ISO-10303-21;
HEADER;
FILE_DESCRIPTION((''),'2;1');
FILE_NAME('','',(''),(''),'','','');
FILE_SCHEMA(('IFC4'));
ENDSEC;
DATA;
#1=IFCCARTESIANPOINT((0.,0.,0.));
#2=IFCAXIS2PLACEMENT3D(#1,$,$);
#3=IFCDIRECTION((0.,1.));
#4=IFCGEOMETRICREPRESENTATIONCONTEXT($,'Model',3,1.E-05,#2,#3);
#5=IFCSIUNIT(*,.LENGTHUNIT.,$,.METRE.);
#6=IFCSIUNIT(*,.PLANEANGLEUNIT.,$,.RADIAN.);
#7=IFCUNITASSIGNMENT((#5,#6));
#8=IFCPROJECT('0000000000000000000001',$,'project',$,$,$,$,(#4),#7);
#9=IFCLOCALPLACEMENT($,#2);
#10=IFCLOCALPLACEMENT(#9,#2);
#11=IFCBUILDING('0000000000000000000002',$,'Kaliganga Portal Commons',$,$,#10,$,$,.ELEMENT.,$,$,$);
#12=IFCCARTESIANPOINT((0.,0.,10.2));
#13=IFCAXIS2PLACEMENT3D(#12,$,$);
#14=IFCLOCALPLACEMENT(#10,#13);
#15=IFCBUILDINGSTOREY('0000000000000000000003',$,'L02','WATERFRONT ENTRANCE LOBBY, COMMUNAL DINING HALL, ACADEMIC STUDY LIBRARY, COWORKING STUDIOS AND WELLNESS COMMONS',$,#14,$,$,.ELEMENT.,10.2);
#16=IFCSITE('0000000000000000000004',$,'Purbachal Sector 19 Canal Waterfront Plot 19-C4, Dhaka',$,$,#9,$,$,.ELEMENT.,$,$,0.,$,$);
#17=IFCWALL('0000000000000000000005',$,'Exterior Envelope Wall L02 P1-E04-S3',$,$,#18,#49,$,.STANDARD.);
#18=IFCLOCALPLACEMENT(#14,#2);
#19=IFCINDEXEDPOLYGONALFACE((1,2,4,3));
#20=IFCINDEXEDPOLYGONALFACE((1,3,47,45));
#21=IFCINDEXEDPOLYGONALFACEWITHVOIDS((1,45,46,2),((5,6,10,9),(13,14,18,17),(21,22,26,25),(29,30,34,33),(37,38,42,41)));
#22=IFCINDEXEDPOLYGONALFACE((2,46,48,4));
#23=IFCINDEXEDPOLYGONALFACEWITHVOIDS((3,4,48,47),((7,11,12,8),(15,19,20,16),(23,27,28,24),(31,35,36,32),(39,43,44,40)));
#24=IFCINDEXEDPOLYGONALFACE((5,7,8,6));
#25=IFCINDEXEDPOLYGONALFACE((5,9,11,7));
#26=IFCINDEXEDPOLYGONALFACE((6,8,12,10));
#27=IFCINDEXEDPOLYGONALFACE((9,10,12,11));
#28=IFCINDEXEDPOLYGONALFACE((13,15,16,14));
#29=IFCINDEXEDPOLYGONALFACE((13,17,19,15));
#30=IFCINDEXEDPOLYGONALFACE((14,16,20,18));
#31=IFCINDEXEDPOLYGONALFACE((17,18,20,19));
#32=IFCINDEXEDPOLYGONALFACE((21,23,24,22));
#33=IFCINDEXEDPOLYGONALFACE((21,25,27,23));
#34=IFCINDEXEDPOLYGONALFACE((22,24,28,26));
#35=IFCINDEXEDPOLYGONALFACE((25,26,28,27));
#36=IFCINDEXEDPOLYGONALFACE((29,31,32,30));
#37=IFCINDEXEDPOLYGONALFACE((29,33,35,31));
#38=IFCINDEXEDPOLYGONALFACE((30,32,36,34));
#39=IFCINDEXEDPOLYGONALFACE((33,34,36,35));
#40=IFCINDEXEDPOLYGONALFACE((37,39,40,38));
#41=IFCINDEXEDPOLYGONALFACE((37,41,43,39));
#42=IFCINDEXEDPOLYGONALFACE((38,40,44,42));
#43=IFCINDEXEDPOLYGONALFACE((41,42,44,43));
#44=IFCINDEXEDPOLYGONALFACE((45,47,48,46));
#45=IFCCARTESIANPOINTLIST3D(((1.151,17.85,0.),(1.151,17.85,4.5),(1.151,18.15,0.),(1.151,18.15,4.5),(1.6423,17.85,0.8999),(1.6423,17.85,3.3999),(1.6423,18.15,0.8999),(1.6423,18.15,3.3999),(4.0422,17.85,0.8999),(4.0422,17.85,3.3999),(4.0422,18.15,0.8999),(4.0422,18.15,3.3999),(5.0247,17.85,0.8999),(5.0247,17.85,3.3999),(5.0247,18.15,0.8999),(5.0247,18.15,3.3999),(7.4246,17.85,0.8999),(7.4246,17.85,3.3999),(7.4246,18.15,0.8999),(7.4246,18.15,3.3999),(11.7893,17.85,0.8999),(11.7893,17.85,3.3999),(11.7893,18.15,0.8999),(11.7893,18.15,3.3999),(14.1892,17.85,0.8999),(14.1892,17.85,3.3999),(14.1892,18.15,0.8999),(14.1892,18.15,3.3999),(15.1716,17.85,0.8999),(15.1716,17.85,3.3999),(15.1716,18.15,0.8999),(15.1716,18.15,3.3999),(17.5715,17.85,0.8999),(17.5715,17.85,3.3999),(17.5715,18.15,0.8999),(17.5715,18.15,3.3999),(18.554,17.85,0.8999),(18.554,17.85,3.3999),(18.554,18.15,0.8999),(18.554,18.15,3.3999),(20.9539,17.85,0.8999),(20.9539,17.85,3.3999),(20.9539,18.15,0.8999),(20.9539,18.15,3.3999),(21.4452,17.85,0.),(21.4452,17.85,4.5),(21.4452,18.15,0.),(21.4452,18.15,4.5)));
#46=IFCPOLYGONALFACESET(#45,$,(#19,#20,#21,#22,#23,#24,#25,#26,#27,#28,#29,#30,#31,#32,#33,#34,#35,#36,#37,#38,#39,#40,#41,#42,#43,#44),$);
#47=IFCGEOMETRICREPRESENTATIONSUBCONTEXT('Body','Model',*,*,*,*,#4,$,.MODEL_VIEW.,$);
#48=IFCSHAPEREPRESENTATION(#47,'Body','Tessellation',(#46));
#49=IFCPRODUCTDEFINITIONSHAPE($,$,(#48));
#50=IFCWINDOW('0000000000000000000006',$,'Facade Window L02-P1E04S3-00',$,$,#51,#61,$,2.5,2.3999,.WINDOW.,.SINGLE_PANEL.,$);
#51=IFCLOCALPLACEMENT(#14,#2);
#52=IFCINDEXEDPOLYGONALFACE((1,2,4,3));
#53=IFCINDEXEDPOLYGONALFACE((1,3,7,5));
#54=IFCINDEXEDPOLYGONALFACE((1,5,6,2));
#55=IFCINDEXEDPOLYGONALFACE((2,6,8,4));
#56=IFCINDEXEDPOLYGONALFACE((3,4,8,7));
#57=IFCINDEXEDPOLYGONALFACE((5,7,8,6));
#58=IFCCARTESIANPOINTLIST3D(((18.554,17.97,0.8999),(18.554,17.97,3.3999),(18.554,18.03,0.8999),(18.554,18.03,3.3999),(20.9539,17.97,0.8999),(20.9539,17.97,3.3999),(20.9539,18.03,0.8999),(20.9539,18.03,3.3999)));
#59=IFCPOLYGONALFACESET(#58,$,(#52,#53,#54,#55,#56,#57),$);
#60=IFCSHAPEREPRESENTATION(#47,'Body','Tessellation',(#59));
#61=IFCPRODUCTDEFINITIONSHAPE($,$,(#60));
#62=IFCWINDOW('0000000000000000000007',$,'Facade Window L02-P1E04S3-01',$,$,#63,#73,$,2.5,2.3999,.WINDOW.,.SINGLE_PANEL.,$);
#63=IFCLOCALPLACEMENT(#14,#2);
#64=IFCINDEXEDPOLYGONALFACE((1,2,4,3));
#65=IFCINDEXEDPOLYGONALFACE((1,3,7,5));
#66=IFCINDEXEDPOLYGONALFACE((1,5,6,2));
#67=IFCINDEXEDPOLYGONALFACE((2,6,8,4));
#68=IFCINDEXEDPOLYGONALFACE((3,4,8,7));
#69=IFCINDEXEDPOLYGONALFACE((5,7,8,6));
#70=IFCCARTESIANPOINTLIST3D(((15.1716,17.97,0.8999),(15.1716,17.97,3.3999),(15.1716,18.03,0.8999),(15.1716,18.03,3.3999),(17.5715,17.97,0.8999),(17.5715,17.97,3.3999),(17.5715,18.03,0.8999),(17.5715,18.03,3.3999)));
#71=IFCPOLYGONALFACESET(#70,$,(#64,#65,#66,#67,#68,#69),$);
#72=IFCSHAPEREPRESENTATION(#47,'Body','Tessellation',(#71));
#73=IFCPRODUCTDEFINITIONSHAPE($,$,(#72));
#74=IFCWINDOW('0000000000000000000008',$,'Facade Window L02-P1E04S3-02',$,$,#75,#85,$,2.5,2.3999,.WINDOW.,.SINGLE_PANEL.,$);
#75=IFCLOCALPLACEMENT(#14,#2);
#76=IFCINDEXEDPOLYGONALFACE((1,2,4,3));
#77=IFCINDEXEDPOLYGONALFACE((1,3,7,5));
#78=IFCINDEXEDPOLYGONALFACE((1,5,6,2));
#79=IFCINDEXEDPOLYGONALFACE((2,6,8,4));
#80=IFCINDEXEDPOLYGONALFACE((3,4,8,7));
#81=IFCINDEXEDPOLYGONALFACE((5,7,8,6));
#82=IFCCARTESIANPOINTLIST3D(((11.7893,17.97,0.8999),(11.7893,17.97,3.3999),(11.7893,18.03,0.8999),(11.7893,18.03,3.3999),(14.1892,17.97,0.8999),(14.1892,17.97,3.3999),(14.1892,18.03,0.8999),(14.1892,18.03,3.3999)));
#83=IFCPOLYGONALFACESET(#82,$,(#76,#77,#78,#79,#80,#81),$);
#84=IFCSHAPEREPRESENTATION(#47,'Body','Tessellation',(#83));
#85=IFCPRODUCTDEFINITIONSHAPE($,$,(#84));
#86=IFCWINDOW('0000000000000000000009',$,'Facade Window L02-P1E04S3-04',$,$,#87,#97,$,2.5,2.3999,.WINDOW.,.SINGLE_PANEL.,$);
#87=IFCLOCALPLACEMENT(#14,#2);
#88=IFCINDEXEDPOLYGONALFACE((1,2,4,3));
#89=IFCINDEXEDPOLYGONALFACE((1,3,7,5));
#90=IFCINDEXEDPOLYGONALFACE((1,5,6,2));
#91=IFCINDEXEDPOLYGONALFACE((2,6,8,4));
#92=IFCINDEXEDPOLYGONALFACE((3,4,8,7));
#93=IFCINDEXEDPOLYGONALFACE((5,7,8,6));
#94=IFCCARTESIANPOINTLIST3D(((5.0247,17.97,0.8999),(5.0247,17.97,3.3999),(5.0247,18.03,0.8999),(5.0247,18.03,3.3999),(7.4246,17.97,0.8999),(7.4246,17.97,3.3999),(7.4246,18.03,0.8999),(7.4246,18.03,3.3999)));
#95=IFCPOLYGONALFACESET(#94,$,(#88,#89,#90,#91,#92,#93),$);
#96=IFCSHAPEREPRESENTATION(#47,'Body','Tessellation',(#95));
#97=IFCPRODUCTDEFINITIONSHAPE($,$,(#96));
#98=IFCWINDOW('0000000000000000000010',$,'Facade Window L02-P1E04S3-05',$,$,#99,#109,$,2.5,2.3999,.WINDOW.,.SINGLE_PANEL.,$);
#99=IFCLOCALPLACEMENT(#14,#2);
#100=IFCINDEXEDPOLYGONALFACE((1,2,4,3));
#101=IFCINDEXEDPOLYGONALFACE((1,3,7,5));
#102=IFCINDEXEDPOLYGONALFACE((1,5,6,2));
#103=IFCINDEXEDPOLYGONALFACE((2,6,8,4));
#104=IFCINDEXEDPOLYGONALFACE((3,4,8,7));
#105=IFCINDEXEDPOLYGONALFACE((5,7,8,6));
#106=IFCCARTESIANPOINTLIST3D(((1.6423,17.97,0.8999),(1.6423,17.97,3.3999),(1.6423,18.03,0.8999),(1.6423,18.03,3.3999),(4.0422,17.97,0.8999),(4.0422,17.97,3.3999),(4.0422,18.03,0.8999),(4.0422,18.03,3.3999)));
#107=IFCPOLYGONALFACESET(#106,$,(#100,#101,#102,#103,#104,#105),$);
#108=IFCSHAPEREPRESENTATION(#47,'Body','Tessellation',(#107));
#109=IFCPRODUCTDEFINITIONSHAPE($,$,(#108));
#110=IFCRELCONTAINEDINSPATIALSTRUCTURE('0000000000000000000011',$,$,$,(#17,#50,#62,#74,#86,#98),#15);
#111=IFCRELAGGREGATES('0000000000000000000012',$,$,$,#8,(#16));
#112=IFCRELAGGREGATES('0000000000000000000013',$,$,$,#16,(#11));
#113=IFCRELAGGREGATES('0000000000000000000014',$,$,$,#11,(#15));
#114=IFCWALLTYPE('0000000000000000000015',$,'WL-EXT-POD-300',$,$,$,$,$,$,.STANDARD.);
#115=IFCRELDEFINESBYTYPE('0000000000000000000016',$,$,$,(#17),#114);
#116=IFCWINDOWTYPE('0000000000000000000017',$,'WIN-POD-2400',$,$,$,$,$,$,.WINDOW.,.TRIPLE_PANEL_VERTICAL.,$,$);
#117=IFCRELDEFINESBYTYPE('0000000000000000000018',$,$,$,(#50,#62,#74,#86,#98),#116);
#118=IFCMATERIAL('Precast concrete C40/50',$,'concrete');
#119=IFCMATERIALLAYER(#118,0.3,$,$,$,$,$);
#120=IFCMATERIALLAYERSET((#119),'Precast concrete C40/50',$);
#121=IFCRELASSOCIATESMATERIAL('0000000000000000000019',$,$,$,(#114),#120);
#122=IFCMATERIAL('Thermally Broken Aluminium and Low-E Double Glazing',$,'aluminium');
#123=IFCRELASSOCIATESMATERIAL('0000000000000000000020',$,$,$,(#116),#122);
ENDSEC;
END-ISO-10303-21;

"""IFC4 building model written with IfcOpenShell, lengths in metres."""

from ifc_helpers import new_model, si_unit, direction, frame, frame_2d, origin, place, context, subcontext, project, spatial, rectangle, extrude, material, layer, layer_set, type_object, element, fill, save


model = new_model("IFC4")

# Units and contexts
model_context = context("Model", 3, precision=1e-05, world=origin(), true_north=direction((0.0, 1.0)))
body_context = subcontext(model_context, "Body", "Model", "MODEL_VIEW")
ifc_project = project(units=[si_unit("LENGTHUNIT", "METRE"), si_unit("PLANEANGLEUNIT", "RADIAN")], contexts=[model_context])

# Site, building, storey
site_placement = place(None, origin())
site = spatial("IfcSite", under=ifc_project, at=site_placement, Name="Purbachal Sector 19 Canal Waterfront Plot 19-C4, Dhaka", CompositionType="ELEMENT", RefElevation=0.0)
building_placement = place(site_placement, origin())
building = spatial("IfcBuilding", under=site, at=building_placement, Name="Kaliganga Portal Commons", CompositionType="ELEMENT")
storey_placement = place(building_placement, frame((0.0, 0.0, 10.2)))
storey = spatial("IfcBuildingStorey", under=building, at=storey_placement, Name="L02", Description="WATERFRONT ENTRANCE LOBBY, COMMUNAL DINING HALL, ACADEMIC STUDY LIBRARY, COWORKING STUDIOS AND WELLNESS COMMONS", CompositionType="ELEMENT", Elevation=10.2)

# Shared definitions
ifc_material_1 = material(Name="Precast concrete C40/50", Category="concrete")
ifc_layer_1 = layer(ifc_material_1, 0.3)
ifc_layer_set_1 = layer_set([ifc_layer_1], Name="Precast concrete C40/50")
wall_type_1 = type_object("IfcWallType", Name="WL-EXT-POD-300", PredefinedType="STANDARD", material=ifc_layer_set_1)

# Shared definitions
ifc_material_2 = material(Name="Thermally Broken Aluminium and Low-E Double Glazing", Category="aluminium")
window_type = type_object("IfcWindowType", Name="WIN-POD-2400", PartitioningType="TRIPLE_PANEL_VERTICAL", PredefinedType="WINDOW", material=ifc_material_2)

# Wall, openings, windows
wall_1_placement = place(storey_placement, frame((21.4451, 18.0, 0.0), z_axis=(0.0, 0.0, 1.0), x_axis=(-1.0, 0.0, 0.0)))
wall_1 = element("IfcWall", 1, at=wall_1_placement, inside=storey, type_object=wall_type_1, Name="Exterior Envelope Wall L02 P1-E04-S3", PredefinedType="STANDARD", context=body_context, shape_type="SweptSolid", body=[
    extrude(rectangle(XDim=20.2942, YDim=0.3, at=frame_2d((10.147, 0.0))), origin(), (0.0, 0.0, 1.0), 4.5),
])
opening_1_placement = place(wall_1_placement, frame((0.4912, 0.0, 0.8999)))
opening_1 = element("IfcOpeningElement", 2, at=opening_1_placement, cuts=wall_1, PredefinedType="OPENING", context=body_context, shape_type="SweptSolid", body=[
    extrude(rectangle(XDim=2.3999, YDim=2.5, at=frame_2d((1.2, 1.25))), frame((0.0, 0.1602, 0.0), z_axis=(0.0, -1.0, 0.0), x_axis=(1.0, 0.0, 0.0)), (0.0, 0.0, 1.0), 0.3201),
])
opening_2_placement = place(wall_1_placement, frame((3.8735, 0.0, 0.8999)))
opening_2 = element("IfcOpeningElement", 3, at=opening_2_placement, cuts=wall_1, PredefinedType="OPENING", context=body_context, shape_type="SweptSolid", body=[
    extrude(rectangle(XDim=2.3999, YDim=2.5, at=frame_2d((1.2, 1.25))), frame((0.0, 0.1602, 0.0), z_axis=(0.0, -1.0, 0.0), x_axis=(1.0, 0.0, 0.0)), (0.0, 0.0, 1.0), 0.3201),
])
opening_3_placement = place(wall_1_placement, frame((7.2559, 0.0, 0.8999)))
opening_3 = element("IfcOpeningElement", 4, at=opening_3_placement, cuts=wall_1, PredefinedType="OPENING", context=body_context, shape_type="SweptSolid", body=[
    extrude(rectangle(XDim=2.3999, YDim=2.5, at=frame_2d((1.2, 1.25))), frame((0.0, 0.1602, 0.0), z_axis=(0.0, -1.0, 0.0), x_axis=(1.0, 0.0, 0.0)), (0.0, 0.0, 1.0), 0.3201),
])
opening_4_placement = place(wall_1_placement, frame((14.0205, 0.0, 0.8999)))
opening_4 = element("IfcOpeningElement", 5, at=opening_4_placement, cuts=wall_1, PredefinedType="OPENING", context=body_context, shape_type="SweptSolid", body=[
    extrude(rectangle(XDim=2.3999, YDim=2.5, at=frame_2d((1.2, 1.25))), frame((0.0, 0.1602, 0.0), z_axis=(0.0, -1.0, 0.0), x_axis=(1.0, 0.0, 0.0)), (0.0, 0.0, 1.0), 0.3201),
])
opening_5_placement = place(wall_1_placement, frame((17.4028, 0.0, 0.8999)))
opening_5 = element("IfcOpeningElement", 6, at=opening_5_placement, cuts=wall_1, PredefinedType="OPENING", context=body_context, shape_type="SweptSolid", body=[
    extrude(rectangle(XDim=2.3999, YDim=2.5, at=frame_2d((1.2, 1.25))), frame((0.0, 0.1602, 0.0), z_axis=(0.0, -1.0, 0.0), x_axis=(1.0, 0.0, 0.0)), (0.0, 0.0, 1.0), 0.3201),
])
window_1_placement = place(opening_1_placement, origin())
window_1 = element("IfcWindow", 7, at=window_1_placement, inside=storey, type_object=window_type, Name="Facade Window L02-P1E04S3-00", OverallHeight=2.5, OverallWidth=2.3999, PartitioningType="SINGLE_PANEL", PredefinedType="WINDOW", context=body_context, shape_type="SweptSolid", body=[
    extrude(rectangle(XDim=2.3999, YDim=2.5, at=frame_2d((1.2, 1.25))), frame((0.0, 0.03, 0.0), z_axis=(0.0, -1.0, 0.0), x_axis=(1.0, 0.0, 0.0)), (0.0, 0.0, 1.0), 0.0601),
])
fill(opening_1, window_1)
window_2_placement = place(opening_2_placement, origin())
window_2 = element("IfcWindow", 8, at=window_2_placement, inside=storey, type_object=window_type, Name="Facade Window L02-P1E04S3-01", OverallHeight=2.5, OverallWidth=2.3999, PartitioningType="SINGLE_PANEL", PredefinedType="WINDOW", context=body_context, shape_type="SweptSolid", body=[
    extrude(rectangle(XDim=2.3999, YDim=2.5, at=frame_2d((1.2, 1.25))), frame((0.0, 0.03, 0.0), z_axis=(0.0, -1.0, 0.0), x_axis=(1.0, 0.0, 0.0)), (0.0, 0.0, 1.0), 0.0601),
])
fill(opening_2, window_2)
window_3_placement = place(opening_3_placement, origin())
window_3 = element("IfcWindow", 9, at=window_3_placement, inside=storey, type_object=window_type, Name="Facade Window L02-P1E04S3-02", OverallHeight=2.5, OverallWidth=2.3999, PartitioningType="SINGLE_PANEL", PredefinedType="WINDOW", context=body_context, shape_type="SweptSolid", body=[
    extrude(rectangle(XDim=2.3999, YDim=2.5, at=frame_2d((1.2, 1.25))), frame((0.0, 0.03, 0.0), z_axis=(0.0, -1.0, 0.0), x_axis=(1.0, 0.0, 0.0)), (0.0, 0.0, 1.0), 0.0601),
])
fill(opening_3, window_3)
window_4_placement = place(opening_4_placement, origin())
window_4 = element("IfcWindow", 10, at=window_4_placement, inside=storey, type_object=window_type, Name="Facade Window L02-P1E04S3-04", OverallHeight=2.5, OverallWidth=2.3999, PartitioningType="SINGLE_PANEL", PredefinedType="WINDOW", context=body_context, shape_type="SweptSolid", body=[
    extrude(rectangle(XDim=2.3999, YDim=2.5, at=frame_2d((1.2, 1.25))), frame((0.0, 0.03, 0.0), z_axis=(0.0, -1.0, 0.0), x_axis=(1.0, 0.0, 0.0)), (0.0, 0.0, 1.0), 0.0601),
])
fill(opening_4, window_4)
window_5_placement = place(opening_5_placement, origin())
window_5 = element("IfcWindow", 11, at=window_5_placement, inside=storey, type_object=window_type, Name="Facade Window L02-P1E04S3-05", OverallHeight=2.5, OverallWidth=2.3999, PartitioningType="SINGLE_PANEL", PredefinedType="WINDOW", context=body_context, shape_type="SweptSolid", body=[
    extrude(rectangle(XDim=2.3999, YDim=2.5, at=frame_2d((1.2, 1.25))), frame((0.0, 0.03, 0.0), z_axis=(0.0, -1.0, 0.0), x_axis=(1.0, 0.0, 0.0)), (0.0, 0.0, 1.0), 0.0601),
])
fill(opening_5, window_5)

save(model, "model.ifc")
